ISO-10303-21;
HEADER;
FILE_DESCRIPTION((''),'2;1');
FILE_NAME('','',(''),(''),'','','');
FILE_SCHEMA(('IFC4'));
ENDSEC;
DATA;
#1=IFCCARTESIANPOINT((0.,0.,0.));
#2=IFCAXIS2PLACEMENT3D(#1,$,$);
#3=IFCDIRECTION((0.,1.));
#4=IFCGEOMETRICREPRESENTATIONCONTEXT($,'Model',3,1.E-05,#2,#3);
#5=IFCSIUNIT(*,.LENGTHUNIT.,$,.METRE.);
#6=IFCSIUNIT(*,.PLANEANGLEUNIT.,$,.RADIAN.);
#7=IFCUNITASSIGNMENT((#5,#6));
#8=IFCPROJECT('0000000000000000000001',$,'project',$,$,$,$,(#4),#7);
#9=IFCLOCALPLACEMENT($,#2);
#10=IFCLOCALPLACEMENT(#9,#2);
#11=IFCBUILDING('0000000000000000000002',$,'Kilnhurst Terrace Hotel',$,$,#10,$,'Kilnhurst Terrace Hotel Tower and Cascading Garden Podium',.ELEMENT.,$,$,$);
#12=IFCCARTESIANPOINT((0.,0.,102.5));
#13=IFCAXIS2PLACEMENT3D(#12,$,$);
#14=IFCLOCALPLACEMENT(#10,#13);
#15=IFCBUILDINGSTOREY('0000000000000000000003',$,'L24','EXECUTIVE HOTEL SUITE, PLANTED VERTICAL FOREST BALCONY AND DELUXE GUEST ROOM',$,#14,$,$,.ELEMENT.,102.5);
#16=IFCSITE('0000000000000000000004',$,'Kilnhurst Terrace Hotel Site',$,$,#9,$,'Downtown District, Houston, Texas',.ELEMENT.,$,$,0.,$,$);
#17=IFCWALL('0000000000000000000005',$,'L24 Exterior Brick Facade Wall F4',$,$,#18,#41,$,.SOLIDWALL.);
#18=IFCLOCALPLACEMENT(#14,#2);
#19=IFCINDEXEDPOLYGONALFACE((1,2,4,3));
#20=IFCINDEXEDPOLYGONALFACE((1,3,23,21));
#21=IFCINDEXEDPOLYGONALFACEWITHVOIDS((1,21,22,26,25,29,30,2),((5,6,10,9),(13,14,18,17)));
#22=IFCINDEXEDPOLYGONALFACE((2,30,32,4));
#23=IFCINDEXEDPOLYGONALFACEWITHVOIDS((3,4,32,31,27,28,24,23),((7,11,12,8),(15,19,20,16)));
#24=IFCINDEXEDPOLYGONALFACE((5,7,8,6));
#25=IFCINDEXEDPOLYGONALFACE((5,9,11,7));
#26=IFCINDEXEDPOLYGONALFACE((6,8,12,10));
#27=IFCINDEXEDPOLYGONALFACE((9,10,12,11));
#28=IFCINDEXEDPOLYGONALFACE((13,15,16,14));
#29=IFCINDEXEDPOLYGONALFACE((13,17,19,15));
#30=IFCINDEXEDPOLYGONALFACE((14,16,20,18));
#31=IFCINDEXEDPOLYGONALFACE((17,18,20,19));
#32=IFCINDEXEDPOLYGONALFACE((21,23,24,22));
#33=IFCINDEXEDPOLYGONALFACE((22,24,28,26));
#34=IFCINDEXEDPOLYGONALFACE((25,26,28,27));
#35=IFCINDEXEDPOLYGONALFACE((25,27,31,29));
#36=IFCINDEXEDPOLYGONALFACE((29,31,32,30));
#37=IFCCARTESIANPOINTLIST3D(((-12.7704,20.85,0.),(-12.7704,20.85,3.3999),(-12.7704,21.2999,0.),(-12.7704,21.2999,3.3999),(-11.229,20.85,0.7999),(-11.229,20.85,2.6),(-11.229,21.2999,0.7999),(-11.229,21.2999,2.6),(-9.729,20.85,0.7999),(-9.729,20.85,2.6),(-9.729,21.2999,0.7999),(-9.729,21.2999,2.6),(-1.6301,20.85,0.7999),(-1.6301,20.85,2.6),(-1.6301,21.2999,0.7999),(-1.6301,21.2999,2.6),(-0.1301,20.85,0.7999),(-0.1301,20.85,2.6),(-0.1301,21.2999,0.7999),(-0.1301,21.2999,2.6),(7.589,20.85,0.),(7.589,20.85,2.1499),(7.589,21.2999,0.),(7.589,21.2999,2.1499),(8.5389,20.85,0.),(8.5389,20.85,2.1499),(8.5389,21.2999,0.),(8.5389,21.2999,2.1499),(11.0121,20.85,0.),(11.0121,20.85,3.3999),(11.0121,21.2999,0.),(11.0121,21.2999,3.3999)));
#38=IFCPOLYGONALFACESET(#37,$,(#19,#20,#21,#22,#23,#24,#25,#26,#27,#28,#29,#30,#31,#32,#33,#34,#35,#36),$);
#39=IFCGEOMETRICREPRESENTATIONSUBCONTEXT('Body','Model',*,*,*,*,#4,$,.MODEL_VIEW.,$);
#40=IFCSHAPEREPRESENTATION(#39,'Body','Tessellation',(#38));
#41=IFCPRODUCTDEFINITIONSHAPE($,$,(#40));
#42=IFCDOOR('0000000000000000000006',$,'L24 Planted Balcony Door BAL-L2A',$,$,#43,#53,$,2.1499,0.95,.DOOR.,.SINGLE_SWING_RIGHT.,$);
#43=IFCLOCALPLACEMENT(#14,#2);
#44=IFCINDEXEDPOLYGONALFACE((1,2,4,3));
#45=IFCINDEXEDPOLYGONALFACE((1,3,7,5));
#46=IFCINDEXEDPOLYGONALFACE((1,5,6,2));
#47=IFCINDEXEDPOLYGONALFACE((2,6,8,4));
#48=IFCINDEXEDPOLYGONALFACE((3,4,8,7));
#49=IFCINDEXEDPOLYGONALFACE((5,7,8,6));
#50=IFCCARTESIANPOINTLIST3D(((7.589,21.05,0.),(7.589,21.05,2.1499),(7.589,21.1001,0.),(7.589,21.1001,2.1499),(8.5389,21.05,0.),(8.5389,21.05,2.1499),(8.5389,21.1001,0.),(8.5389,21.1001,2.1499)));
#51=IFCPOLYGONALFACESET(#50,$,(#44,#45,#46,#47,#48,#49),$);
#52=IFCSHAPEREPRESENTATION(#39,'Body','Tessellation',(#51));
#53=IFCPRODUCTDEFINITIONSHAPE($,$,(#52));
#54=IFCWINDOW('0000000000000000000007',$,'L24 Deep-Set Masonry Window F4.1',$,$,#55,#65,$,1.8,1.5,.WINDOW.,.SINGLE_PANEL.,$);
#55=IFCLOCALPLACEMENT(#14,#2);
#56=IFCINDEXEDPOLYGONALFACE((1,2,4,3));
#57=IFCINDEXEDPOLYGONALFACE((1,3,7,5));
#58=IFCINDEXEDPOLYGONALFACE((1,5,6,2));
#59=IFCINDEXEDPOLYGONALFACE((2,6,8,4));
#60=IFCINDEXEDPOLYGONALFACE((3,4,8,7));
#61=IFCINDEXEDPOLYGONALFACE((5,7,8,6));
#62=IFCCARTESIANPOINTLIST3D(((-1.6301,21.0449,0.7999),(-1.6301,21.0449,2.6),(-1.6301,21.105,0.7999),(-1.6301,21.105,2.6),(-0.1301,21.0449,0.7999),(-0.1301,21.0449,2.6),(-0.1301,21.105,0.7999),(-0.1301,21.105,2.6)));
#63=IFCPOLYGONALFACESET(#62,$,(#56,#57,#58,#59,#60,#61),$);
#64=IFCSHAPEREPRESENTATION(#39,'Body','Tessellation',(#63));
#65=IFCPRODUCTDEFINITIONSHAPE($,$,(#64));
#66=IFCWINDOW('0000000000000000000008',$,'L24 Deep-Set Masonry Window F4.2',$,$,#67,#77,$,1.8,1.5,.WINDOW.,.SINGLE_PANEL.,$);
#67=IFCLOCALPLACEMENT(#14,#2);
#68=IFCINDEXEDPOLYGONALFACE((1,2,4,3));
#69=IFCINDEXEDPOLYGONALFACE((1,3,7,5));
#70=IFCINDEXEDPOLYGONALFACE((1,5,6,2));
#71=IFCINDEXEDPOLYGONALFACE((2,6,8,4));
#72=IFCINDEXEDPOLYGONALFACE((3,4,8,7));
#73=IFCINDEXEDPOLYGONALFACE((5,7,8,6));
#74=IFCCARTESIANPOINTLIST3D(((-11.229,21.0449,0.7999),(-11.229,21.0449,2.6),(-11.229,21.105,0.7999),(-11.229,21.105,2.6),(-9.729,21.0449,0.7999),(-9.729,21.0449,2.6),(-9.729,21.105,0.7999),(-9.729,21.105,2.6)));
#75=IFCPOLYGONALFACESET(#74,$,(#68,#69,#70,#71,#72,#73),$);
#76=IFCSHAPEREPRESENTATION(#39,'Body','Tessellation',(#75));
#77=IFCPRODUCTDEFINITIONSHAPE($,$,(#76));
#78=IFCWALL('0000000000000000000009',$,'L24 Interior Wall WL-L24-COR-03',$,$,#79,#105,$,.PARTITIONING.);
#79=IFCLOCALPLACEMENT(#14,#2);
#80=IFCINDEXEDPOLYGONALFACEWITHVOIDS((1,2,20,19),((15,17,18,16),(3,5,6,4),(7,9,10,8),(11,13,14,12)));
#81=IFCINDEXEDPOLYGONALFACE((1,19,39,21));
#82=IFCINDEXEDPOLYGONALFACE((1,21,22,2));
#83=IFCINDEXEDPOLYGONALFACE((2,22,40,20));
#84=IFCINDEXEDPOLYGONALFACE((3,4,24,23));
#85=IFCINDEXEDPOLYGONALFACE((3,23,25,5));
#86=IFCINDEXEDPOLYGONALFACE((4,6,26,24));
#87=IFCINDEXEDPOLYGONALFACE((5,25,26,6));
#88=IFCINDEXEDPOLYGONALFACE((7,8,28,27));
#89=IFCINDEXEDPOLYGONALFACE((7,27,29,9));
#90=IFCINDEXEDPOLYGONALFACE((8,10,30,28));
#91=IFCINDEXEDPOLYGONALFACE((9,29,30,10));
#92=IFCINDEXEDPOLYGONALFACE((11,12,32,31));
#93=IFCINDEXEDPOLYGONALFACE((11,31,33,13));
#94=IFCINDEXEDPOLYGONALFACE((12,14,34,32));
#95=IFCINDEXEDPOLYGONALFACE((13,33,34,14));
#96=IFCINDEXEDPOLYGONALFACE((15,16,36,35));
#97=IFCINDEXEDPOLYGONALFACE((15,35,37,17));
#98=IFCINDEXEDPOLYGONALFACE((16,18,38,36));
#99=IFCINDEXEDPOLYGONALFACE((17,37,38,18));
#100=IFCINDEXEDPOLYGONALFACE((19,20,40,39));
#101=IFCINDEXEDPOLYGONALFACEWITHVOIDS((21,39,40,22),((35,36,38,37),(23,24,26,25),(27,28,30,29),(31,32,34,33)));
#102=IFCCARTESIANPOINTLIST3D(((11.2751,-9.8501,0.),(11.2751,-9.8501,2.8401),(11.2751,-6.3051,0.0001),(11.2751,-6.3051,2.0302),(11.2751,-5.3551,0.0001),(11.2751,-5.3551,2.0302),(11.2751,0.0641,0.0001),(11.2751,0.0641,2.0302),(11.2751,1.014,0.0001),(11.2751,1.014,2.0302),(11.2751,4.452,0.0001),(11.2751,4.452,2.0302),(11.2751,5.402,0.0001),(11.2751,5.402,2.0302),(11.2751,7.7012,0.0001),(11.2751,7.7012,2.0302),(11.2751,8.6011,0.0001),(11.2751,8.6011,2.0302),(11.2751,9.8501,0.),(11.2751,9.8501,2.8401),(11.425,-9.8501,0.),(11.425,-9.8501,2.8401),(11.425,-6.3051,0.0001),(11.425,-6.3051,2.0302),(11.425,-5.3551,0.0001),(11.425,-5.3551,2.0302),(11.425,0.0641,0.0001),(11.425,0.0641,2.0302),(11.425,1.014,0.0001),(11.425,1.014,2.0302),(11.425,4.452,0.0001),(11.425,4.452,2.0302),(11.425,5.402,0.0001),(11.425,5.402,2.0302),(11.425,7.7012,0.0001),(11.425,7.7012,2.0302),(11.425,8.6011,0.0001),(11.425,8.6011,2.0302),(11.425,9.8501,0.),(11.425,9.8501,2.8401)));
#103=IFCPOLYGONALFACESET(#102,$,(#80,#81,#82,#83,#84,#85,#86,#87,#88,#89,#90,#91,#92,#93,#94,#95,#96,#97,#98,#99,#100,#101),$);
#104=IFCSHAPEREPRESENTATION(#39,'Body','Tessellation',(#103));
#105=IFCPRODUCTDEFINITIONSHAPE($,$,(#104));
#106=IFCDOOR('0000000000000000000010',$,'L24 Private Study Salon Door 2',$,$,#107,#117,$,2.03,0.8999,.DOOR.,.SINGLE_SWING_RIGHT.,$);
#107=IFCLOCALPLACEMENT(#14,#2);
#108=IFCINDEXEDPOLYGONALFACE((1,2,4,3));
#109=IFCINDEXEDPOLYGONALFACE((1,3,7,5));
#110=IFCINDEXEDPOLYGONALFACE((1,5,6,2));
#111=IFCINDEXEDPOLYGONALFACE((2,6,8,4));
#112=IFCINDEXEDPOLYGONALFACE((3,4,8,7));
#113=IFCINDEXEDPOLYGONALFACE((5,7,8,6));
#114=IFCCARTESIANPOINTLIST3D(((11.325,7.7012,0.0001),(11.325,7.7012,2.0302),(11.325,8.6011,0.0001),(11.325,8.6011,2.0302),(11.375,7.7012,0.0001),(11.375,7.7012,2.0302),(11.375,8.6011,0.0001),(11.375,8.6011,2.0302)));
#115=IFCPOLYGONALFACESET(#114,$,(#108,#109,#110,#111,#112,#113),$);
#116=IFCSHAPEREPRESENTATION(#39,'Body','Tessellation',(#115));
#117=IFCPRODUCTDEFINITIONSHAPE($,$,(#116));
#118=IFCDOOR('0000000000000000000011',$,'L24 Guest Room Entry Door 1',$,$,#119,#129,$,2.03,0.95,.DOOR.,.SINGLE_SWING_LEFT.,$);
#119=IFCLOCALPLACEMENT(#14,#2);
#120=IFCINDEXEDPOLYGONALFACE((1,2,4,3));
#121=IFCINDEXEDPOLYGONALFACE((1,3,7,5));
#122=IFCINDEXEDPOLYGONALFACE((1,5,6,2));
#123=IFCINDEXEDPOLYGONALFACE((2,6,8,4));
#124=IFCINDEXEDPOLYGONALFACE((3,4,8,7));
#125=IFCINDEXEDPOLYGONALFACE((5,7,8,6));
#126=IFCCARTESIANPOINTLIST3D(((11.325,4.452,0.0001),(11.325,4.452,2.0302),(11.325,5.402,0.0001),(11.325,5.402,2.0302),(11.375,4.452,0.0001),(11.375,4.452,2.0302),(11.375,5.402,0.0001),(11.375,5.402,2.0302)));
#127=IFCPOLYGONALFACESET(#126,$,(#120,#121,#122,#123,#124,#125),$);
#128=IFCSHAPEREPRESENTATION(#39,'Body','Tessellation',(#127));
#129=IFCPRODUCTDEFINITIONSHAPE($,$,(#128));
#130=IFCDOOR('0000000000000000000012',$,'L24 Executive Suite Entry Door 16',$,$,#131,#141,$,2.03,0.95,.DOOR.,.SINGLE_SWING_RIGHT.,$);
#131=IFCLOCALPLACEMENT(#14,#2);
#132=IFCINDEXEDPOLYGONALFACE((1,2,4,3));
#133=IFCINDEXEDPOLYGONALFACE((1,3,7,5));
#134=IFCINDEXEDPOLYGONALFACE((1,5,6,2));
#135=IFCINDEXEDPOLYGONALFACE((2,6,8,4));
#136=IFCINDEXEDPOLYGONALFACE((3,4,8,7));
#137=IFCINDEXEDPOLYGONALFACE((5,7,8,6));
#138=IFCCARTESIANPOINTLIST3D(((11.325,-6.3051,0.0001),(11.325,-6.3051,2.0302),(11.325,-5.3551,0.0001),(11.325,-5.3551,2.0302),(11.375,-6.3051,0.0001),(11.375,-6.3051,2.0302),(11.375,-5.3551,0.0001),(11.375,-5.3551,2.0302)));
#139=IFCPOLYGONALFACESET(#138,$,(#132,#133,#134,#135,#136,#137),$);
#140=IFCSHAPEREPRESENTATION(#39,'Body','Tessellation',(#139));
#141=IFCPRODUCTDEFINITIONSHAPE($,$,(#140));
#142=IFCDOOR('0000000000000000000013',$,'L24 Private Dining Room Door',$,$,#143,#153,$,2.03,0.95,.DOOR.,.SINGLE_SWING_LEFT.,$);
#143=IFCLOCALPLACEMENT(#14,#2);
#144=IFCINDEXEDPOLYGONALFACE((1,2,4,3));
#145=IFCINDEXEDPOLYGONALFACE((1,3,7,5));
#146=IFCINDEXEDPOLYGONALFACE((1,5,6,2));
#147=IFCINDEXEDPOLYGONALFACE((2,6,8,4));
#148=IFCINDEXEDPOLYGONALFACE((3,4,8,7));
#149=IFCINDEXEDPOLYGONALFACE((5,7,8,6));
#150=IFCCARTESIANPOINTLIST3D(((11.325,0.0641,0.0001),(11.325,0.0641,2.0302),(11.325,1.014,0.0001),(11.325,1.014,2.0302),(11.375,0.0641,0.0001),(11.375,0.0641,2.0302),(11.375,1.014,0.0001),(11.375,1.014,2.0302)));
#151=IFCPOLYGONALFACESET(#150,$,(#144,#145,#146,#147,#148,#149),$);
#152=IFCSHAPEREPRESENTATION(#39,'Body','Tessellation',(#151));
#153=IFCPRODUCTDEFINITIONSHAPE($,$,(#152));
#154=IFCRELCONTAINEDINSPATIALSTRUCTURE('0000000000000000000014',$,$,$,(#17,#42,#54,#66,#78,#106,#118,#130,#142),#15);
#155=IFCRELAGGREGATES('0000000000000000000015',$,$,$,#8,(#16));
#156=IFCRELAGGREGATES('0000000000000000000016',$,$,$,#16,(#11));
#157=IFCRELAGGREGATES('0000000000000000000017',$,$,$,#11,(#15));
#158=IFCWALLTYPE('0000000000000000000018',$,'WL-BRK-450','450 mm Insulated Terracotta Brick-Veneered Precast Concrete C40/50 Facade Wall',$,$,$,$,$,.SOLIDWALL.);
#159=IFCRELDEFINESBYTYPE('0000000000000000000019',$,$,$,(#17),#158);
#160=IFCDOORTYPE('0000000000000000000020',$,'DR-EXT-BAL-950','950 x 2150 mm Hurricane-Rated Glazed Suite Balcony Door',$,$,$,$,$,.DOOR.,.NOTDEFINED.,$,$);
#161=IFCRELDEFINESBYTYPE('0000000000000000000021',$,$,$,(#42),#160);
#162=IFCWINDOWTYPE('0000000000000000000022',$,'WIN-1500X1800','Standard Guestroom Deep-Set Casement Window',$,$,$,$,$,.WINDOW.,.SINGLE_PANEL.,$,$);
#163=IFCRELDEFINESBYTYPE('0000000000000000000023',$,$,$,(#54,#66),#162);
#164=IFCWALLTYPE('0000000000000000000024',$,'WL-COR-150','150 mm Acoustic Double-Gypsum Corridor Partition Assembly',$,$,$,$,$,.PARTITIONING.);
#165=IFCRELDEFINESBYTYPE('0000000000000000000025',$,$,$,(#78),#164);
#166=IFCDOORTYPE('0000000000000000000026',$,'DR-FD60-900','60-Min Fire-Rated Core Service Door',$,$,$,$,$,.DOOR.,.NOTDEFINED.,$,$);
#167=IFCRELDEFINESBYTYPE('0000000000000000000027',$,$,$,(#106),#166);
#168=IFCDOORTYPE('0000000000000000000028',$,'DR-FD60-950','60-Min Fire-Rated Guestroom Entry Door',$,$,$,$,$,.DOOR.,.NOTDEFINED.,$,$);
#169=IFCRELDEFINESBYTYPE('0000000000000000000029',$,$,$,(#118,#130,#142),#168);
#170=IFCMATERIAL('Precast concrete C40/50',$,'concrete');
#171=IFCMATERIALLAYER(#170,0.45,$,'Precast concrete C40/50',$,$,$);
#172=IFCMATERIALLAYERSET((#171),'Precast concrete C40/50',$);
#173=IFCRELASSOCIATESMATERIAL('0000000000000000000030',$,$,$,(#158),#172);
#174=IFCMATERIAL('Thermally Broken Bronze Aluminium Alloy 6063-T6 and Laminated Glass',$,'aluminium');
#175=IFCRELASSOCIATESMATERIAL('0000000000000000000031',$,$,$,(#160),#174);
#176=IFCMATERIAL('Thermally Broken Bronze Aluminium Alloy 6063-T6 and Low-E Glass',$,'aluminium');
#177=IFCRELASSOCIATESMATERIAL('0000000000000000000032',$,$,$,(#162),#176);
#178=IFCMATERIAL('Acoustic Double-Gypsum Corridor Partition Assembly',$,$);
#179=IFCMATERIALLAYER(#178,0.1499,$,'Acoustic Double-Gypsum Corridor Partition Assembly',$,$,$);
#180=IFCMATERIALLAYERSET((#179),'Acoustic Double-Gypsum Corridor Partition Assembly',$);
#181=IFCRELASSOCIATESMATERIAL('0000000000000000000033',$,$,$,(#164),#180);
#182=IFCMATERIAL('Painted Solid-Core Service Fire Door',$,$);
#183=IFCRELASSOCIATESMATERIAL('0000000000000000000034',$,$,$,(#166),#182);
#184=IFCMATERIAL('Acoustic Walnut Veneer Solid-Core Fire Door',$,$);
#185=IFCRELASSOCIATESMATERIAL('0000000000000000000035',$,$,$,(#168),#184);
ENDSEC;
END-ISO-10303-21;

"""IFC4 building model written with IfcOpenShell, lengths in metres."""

from ifc_helpers import new_model, si_unit, direction, frame, frame_2d, origin, place, context, subcontext, project, spatial, rectangle, extrude, material, layer, layer_set, type_object, element, fill, save


model = new_model("IFC4")

# Units and contexts
model_context = context("Model", 3, precision=1e-05, world=origin(), true_north=direction((0.0, 1.0)))
body_context = subcontext(model_context, "Body", "Model", "MODEL_VIEW")
ifc_project = project(units=[si_unit("LENGTHUNIT", "METRE"), si_unit("PLANEANGLEUNIT", "RADIAN")], contexts=[model_context])

# Site, building, storey
site_placement = place(None, origin())
site = spatial("IfcSite", under=ifc_project, at=site_placement, Name="Kilnhurst Terrace Hotel Site", LongName="Downtown District, Houston, Texas", CompositionType="ELEMENT", RefElevation=0.0)
building_placement = place(site_placement, origin())
building = spatial("IfcBuilding", under=site, at=building_placement, Name="Kilnhurst Terrace Hotel", LongName="Kilnhurst Terrace Hotel Tower and Cascading Garden Podium", CompositionType="ELEMENT")
storey_placement = place(building_placement, frame((0.0, 0.0, 102.5)))
storey = spatial("IfcBuildingStorey", under=building, at=storey_placement, Name="L24", Description="EXECUTIVE HOTEL SUITE, PLANTED VERTICAL FOREST BALCONY AND DELUXE GUEST ROOM", CompositionType="ELEMENT", Elevation=102.5)

# Shared definitions
ifc_material_1 = material(Name="Precast concrete C40/50", Category="concrete")
ifc_layer_1 = layer(ifc_material_1, 0.45, Name="Precast concrete C40/50")
ifc_layer_set_1 = layer_set([ifc_layer_1], Name="Precast concrete C40/50")
wall_type_1 = type_object("IfcWallType", Name="WL-BRK-450", Description="450 mm Insulated Terracotta Brick-Veneered Precast Concrete C40/50 Facade Wall", PredefinedType="SOLIDWALL", material=ifc_layer_set_1)

# Wall, openings, door, windows
wall_1_placement = place(storey_placement, frame((11.012, 21.075, 0.0), z_axis=(0.0, 0.0, 1.0), x_axis=(-1.0, 0.0, 0.0)))
wall_1 = element("IfcWall", 1, at=wall_1_placement, inside=storey, type_object=wall_type_1, Name="L24 Exterior Brick Facade Wall F4", PredefinedType="SOLIDWALL", context=body_context, shape_type="SweptSolid", body=[
    extrude(rectangle(XDim=23.7825, YDim=0.45, at=frame_2d((11.8911, 0.0))), origin(), (0.0, 0.0, 1.0), 3.3999),
])
opening_1_placement = place(wall_1_placement, frame((2.4729, 0.0, 0.0)))
opening_1 = element("IfcOpeningElement", 2, at=opening_1_placement, cuts=wall_1, PredefinedType="OPENING", context=body_context, shape_type="SweptSolid", body=[
    extrude(rectangle(XDim=0.95, YDim=2.1499, at=frame_2d((0.4751, 1.075))), frame((0.0, 0.2349, 0.0), z_axis=(0.0, -1.0, 0.0), x_axis=(1.0, 0.0, 0.0)), (0.0, 0.0, 1.0), 0.47),
])
opening_2_placement = place(wall_1_placement, frame((11.1421, 0.0, 0.8)))
opening_2 = element("IfcOpeningElement", 3, at=opening_2_placement, cuts=wall_1, PredefinedType="OPENING", context=body_context, shape_type="SweptSolid", body=[
    extrude(rectangle(XDim=1.5, YDim=1.8, at=frame_2d((0.75, 0.8999))), frame((0.0, 0.2349, 0.0), z_axis=(0.0, -1.0, 0.0), x_axis=(1.0, 0.0, 0.0)), (0.0, 0.0, 1.0), 0.47),
])
opening_3_placement = place(wall_1_placement, frame((20.741, 0.0, 0.8)))
opening_3 = element("IfcOpeningElement", 4, at=opening_3_placement, cuts=wall_1, PredefinedType="OPENING", context=body_context, shape_type="SweptSolid", body=[
    extrude(rectangle(XDim=1.5, YDim=1.8, at=frame_2d((0.75, 0.8999))), frame((0.0, 0.2349, 0.0), z_axis=(0.0, -1.0, 0.0), x_axis=(1.0, 0.0, 0.0)), (0.0, 0.0, 1.0), 0.47),
])
ifc_material_2 = material(Name="Thermally Broken Bronze Aluminium Alloy 6063-T6 and Laminated Glass", Category="aluminium")
door_type_1 = type_object("IfcDoorType", Name="DR-EXT-BAL-950", Description="950 x 2150 mm Hurricane-Rated Glazed Suite Balcony Door", OperationType="NOTDEFINED", PredefinedType="DOOR", material=ifc_material_2)
door_1_placement = place(opening_1_placement, origin())
door_1 = element("IfcDoor", 5, at=door_1_placement, inside=storey, type_object=door_type_1, Name="L24 Planted Balcony Door BAL-L2A", OperationType="SINGLE_SWING_RIGHT", OverallHeight=2.1499, OverallWidth=0.95, PredefinedType="DOOR", context=body_context, shape_type="SweptSolid", body=[
    extrude(rectangle(XDim=0.95, YDim=2.1499, at=frame_2d((0.4751, 1.075))), frame((0.0, 0.0249, 0.0), z_axis=(0.0, -1.0, 0.0), x_axis=(1.0, 0.0, 0.0)), (0.0, 0.0, 1.0), 0.05),
])
fill(opening_1, door_1)
ifc_material_3 = material(Name="Thermally Broken Bronze Aluminium Alloy 6063-T6 and Low-E Glass", Category="aluminium")
window_type = type_object("IfcWindowType", Name="WIN-1500X1800", Description="Standard Guestroom Deep-Set Casement Window", PartitioningType="SINGLE_PANEL", PredefinedType="WINDOW", material=ifc_material_3)
window_1_placement = place(opening_2_placement, origin())
window_1 = element("IfcWindow", 6, at=window_1_placement, inside=storey, type_object=window_type, Name="L24 Deep-Set Masonry Window F4.1", OverallHeight=1.8, OverallWidth=1.5, PartitioningType="SINGLE_PANEL", PredefinedType="WINDOW", context=body_context, shape_type="SweptSolid", body=[
    extrude(rectangle(XDim=1.5, YDim=1.8, at=frame_2d((0.75, 0.8999))), frame((0.0, 0.03, 0.0), z_axis=(0.0, -1.0, 0.0), x_axis=(1.0, 0.0, 0.0)), (0.0, 0.0, 1.0), 0.0601),
])
fill(opening_2, window_1)
window_2_placement = place(opening_3_placement, origin())
window_2 = element("IfcWindow", 7, at=window_2_placement, inside=storey, type_object=window_type, Name="L24 Deep-Set Masonry Window F4.2", OverallHeight=1.8, OverallWidth=1.5, PartitioningType="SINGLE_PANEL", PredefinedType="WINDOW", context=body_context, shape_type="SweptSolid", body=[
    extrude(rectangle(XDim=1.5, YDim=1.8, at=frame_2d((0.75, 0.8999))), frame((0.0, 0.03, 0.0), z_axis=(0.0, -1.0, 0.0), x_axis=(1.0, 0.0, 0.0)), (0.0, 0.0, 1.0), 0.0601),
])
fill(opening_3, window_2)

# Wall, openings, doors
ifc_material_4 = material(Name="Acoustic Double-Gypsum Corridor Partition Assembly")
ifc_layer_2 = layer(ifc_material_4, 0.1499, Name="Acoustic Double-Gypsum Corridor Partition Assembly")
ifc_layer_set_2 = layer_set([ifc_layer_2], Name="Acoustic Double-Gypsum Corridor Partition Assembly")
wall_type_2 = type_object("IfcWallType", Name="WL-COR-150", Description="150 mm Acoustic Double-Gypsum Corridor Partition Assembly", PredefinedType="PARTITIONING", material=ifc_layer_set_2)
wall_2_placement = place(storey_placement, frame((11.3501, 9.8501, 0.0), z_axis=(0.0, 0.0, 1.0), x_axis=(0.0, -1.0, 0.0)))
wall_2 = element("IfcWall", 8, at=wall_2_placement, inside=storey, type_object=wall_type_2, Name="L24 Interior Wall WL-L24-COR-03", PredefinedType="PARTITIONING", context=body_context, shape_type="SweptSolid", body=[
    extrude(rectangle(XDim=19.7002, YDim=0.1499, at=frame_2d((9.8501, 0.0))), origin(), (0.0, 0.0, 1.0), 2.8401),
])
opening_4_placement = place(wall_2_placement, frame((4.448, 0.0, 0.0)))
opening_4 = element("IfcOpeningElement", 9, at=opening_4_placement, cuts=wall_2, PredefinedType="OPENING", context=body_context, shape_type="SweptSolid", body=[
    extrude(rectangle(XDim=0.95, YDim=2.03, at=frame_2d((0.4751, 1.0151))), frame((0.0, 0.085, 0.0), z_axis=(0.0, -1.0, 0.0), x_axis=(1.0, 0.0, 0.0)), (0.0, 0.0, 1.0), 0.1699),
])
opening_5_placement = place(wall_2_placement, frame((1.249, 0.0, 0.0)))
opening_5 = element("IfcOpeningElement", 10, at=opening_5_placement, cuts=wall_2, PredefinedType="OPENING", context=body_context, shape_type="SweptSolid", body=[
    extrude(rectangle(XDim=0.8999, YDim=2.03, at=frame_2d((0.45, 1.0151))), frame((0.0, 0.085, 0.0), z_axis=(0.0, -1.0, 0.0), x_axis=(1.0, 0.0, 0.0)), (0.0, 0.0, 1.0), 0.1699),
])
opening_6_placement = place(wall_2_placement, frame((15.2051, 0.0, 0.0)))
opening_6 = element("IfcOpeningElement", 11, at=opening_6_placement, cuts=wall_2, PredefinedType="OPENING", context=body_context, shape_type="SweptSolid", body=[
    extrude(rectangle(XDim=0.95, YDim=2.03, at=frame_2d((0.4751, 1.0151))), frame((0.0, 0.085, 0.0), z_axis=(0.0, -1.0, 0.0), x_axis=(1.0, 0.0, 0.0)), (0.0, 0.0, 1.0), 0.1699),
])
opening_7_placement = place(wall_2_placement, frame((8.8359, 0.0, 0.0)))
opening_7 = element("IfcOpeningElement", 12, at=opening_7_placement, cuts=wall_2, PredefinedType="OPENING", context=body_context, shape_type="SweptSolid", body=[
    extrude(rectangle(XDim=0.95, YDim=2.03, at=frame_2d((0.4751, 1.0151))), frame((0.0, 0.085, 0.0), z_axis=(0.0, -1.0, 0.0), x_axis=(1.0, 0.0, 0.0)), (0.0, 0.0, 1.0), 0.1699),
])
ifc_material_5 = material(Name="Painted Solid-Core Service Fire Door")
door_type_2 = type_object("IfcDoorType", Name="DR-FD60-900", Description="60-Min Fire-Rated Core Service Door", OperationType="NOTDEFINED", PredefinedType="DOOR", material=ifc_material_5)
door_2_placement = place(opening_5_placement, origin())
door_2 = element("IfcDoor", 13, at=door_2_placement, inside=storey, type_object=door_type_2, Name="L24 Private Study Salon Door 2", OperationType="SINGLE_SWING_RIGHT", OverallHeight=2.03, OverallWidth=0.8999, PredefinedType="DOOR", context=body_context, shape_type="SweptSolid", body=[
    extrude(rectangle(XDim=0.8999, YDim=2.03, at=frame_2d((0.45, 1.0151))), frame((0.0, 0.0249, 0.0), z_axis=(0.0, -1.0, 0.0), x_axis=(1.0, 0.0, 0.0)), (0.0, 0.0, 1.0), 0.05),
])
fill(opening_5, door_2)
ifc_material_6 = material(Name="Acoustic Walnut Veneer Solid-Core Fire Door")
door_type_3 = type_object("IfcDoorType", Name="DR-FD60-950", Description="60-Min Fire-Rated Guestroom Entry Door", OperationType="NOTDEFINED", PredefinedType="DOOR", material=ifc_material_6)
door_3_placement = place(opening_4_placement, origin())
door_3 = element("IfcDoor", 14, at=door_3_placement, inside=storey, type_object=door_type_3, Name="L24 Guest Room Entry Door 1", OperationType="SINGLE_SWING_LEFT", OverallHeight=2.03, OverallWidth=0.95, PredefinedType="DOOR", context=body_context, shape_type="SweptSolid", body=[
    extrude(rectangle(XDim=0.95, YDim=2.03, at=frame_2d((0.4751, 1.0151))), frame((0.0, 0.0249, 0.0), z_axis=(0.0, -1.0, 0.0), x_axis=(1.0, 0.0, 0.0)), (0.0, 0.0, 1.0), 0.05),
])
fill(opening_4, door_3)
door_4_placement = place(opening_6_placement, origin())
door_4 = element("IfcDoor", 15, at=door_4_placement, inside=storey, type_object=door_type_3, Name="L24 Executive Suite Entry Door 16", OperationType="SINGLE_SWING_RIGHT", OverallHeight=2.03, OverallWidth=0.95, PredefinedType="DOOR", context=body_context, shape_type="SweptSolid", body=[
    extrude(rectangle(XDim=0.95, YDim=2.03, at=frame_2d((0.4751, 1.0151))), frame((0.0, 0.0249, 0.0), z_axis=(0.0, -1.0, 0.0), x_axis=(1.0, 0.0, 0.0)), (0.0, 0.0, 1.0), 0.05),
])
fill(opening_6, door_4)
door_5_placement = place(opening_7_placement, origin())
door_5 = element("IfcDoor", 16, at=door_5_placement, inside=storey, type_object=door_type_3, Name="L24 Private Dining Room Door", OperationType="SINGLE_SWING_LEFT", OverallHeight=2.03, OverallWidth=0.95, PredefinedType="DOOR", context=body_context, shape_type="SweptSolid", body=[
    extrude(rectangle(XDim=0.95, YDim=2.03, at=frame_2d((0.4751, 1.0151))), frame((0.0, 0.0249, 0.0), z_axis=(0.0, -1.0, 0.0), x_axis=(1.0, 0.0, 0.0)), (0.0, 0.0, 1.0), 0.05),
])
fill(opening_7, door_5)

save(model, "model.ifc")
